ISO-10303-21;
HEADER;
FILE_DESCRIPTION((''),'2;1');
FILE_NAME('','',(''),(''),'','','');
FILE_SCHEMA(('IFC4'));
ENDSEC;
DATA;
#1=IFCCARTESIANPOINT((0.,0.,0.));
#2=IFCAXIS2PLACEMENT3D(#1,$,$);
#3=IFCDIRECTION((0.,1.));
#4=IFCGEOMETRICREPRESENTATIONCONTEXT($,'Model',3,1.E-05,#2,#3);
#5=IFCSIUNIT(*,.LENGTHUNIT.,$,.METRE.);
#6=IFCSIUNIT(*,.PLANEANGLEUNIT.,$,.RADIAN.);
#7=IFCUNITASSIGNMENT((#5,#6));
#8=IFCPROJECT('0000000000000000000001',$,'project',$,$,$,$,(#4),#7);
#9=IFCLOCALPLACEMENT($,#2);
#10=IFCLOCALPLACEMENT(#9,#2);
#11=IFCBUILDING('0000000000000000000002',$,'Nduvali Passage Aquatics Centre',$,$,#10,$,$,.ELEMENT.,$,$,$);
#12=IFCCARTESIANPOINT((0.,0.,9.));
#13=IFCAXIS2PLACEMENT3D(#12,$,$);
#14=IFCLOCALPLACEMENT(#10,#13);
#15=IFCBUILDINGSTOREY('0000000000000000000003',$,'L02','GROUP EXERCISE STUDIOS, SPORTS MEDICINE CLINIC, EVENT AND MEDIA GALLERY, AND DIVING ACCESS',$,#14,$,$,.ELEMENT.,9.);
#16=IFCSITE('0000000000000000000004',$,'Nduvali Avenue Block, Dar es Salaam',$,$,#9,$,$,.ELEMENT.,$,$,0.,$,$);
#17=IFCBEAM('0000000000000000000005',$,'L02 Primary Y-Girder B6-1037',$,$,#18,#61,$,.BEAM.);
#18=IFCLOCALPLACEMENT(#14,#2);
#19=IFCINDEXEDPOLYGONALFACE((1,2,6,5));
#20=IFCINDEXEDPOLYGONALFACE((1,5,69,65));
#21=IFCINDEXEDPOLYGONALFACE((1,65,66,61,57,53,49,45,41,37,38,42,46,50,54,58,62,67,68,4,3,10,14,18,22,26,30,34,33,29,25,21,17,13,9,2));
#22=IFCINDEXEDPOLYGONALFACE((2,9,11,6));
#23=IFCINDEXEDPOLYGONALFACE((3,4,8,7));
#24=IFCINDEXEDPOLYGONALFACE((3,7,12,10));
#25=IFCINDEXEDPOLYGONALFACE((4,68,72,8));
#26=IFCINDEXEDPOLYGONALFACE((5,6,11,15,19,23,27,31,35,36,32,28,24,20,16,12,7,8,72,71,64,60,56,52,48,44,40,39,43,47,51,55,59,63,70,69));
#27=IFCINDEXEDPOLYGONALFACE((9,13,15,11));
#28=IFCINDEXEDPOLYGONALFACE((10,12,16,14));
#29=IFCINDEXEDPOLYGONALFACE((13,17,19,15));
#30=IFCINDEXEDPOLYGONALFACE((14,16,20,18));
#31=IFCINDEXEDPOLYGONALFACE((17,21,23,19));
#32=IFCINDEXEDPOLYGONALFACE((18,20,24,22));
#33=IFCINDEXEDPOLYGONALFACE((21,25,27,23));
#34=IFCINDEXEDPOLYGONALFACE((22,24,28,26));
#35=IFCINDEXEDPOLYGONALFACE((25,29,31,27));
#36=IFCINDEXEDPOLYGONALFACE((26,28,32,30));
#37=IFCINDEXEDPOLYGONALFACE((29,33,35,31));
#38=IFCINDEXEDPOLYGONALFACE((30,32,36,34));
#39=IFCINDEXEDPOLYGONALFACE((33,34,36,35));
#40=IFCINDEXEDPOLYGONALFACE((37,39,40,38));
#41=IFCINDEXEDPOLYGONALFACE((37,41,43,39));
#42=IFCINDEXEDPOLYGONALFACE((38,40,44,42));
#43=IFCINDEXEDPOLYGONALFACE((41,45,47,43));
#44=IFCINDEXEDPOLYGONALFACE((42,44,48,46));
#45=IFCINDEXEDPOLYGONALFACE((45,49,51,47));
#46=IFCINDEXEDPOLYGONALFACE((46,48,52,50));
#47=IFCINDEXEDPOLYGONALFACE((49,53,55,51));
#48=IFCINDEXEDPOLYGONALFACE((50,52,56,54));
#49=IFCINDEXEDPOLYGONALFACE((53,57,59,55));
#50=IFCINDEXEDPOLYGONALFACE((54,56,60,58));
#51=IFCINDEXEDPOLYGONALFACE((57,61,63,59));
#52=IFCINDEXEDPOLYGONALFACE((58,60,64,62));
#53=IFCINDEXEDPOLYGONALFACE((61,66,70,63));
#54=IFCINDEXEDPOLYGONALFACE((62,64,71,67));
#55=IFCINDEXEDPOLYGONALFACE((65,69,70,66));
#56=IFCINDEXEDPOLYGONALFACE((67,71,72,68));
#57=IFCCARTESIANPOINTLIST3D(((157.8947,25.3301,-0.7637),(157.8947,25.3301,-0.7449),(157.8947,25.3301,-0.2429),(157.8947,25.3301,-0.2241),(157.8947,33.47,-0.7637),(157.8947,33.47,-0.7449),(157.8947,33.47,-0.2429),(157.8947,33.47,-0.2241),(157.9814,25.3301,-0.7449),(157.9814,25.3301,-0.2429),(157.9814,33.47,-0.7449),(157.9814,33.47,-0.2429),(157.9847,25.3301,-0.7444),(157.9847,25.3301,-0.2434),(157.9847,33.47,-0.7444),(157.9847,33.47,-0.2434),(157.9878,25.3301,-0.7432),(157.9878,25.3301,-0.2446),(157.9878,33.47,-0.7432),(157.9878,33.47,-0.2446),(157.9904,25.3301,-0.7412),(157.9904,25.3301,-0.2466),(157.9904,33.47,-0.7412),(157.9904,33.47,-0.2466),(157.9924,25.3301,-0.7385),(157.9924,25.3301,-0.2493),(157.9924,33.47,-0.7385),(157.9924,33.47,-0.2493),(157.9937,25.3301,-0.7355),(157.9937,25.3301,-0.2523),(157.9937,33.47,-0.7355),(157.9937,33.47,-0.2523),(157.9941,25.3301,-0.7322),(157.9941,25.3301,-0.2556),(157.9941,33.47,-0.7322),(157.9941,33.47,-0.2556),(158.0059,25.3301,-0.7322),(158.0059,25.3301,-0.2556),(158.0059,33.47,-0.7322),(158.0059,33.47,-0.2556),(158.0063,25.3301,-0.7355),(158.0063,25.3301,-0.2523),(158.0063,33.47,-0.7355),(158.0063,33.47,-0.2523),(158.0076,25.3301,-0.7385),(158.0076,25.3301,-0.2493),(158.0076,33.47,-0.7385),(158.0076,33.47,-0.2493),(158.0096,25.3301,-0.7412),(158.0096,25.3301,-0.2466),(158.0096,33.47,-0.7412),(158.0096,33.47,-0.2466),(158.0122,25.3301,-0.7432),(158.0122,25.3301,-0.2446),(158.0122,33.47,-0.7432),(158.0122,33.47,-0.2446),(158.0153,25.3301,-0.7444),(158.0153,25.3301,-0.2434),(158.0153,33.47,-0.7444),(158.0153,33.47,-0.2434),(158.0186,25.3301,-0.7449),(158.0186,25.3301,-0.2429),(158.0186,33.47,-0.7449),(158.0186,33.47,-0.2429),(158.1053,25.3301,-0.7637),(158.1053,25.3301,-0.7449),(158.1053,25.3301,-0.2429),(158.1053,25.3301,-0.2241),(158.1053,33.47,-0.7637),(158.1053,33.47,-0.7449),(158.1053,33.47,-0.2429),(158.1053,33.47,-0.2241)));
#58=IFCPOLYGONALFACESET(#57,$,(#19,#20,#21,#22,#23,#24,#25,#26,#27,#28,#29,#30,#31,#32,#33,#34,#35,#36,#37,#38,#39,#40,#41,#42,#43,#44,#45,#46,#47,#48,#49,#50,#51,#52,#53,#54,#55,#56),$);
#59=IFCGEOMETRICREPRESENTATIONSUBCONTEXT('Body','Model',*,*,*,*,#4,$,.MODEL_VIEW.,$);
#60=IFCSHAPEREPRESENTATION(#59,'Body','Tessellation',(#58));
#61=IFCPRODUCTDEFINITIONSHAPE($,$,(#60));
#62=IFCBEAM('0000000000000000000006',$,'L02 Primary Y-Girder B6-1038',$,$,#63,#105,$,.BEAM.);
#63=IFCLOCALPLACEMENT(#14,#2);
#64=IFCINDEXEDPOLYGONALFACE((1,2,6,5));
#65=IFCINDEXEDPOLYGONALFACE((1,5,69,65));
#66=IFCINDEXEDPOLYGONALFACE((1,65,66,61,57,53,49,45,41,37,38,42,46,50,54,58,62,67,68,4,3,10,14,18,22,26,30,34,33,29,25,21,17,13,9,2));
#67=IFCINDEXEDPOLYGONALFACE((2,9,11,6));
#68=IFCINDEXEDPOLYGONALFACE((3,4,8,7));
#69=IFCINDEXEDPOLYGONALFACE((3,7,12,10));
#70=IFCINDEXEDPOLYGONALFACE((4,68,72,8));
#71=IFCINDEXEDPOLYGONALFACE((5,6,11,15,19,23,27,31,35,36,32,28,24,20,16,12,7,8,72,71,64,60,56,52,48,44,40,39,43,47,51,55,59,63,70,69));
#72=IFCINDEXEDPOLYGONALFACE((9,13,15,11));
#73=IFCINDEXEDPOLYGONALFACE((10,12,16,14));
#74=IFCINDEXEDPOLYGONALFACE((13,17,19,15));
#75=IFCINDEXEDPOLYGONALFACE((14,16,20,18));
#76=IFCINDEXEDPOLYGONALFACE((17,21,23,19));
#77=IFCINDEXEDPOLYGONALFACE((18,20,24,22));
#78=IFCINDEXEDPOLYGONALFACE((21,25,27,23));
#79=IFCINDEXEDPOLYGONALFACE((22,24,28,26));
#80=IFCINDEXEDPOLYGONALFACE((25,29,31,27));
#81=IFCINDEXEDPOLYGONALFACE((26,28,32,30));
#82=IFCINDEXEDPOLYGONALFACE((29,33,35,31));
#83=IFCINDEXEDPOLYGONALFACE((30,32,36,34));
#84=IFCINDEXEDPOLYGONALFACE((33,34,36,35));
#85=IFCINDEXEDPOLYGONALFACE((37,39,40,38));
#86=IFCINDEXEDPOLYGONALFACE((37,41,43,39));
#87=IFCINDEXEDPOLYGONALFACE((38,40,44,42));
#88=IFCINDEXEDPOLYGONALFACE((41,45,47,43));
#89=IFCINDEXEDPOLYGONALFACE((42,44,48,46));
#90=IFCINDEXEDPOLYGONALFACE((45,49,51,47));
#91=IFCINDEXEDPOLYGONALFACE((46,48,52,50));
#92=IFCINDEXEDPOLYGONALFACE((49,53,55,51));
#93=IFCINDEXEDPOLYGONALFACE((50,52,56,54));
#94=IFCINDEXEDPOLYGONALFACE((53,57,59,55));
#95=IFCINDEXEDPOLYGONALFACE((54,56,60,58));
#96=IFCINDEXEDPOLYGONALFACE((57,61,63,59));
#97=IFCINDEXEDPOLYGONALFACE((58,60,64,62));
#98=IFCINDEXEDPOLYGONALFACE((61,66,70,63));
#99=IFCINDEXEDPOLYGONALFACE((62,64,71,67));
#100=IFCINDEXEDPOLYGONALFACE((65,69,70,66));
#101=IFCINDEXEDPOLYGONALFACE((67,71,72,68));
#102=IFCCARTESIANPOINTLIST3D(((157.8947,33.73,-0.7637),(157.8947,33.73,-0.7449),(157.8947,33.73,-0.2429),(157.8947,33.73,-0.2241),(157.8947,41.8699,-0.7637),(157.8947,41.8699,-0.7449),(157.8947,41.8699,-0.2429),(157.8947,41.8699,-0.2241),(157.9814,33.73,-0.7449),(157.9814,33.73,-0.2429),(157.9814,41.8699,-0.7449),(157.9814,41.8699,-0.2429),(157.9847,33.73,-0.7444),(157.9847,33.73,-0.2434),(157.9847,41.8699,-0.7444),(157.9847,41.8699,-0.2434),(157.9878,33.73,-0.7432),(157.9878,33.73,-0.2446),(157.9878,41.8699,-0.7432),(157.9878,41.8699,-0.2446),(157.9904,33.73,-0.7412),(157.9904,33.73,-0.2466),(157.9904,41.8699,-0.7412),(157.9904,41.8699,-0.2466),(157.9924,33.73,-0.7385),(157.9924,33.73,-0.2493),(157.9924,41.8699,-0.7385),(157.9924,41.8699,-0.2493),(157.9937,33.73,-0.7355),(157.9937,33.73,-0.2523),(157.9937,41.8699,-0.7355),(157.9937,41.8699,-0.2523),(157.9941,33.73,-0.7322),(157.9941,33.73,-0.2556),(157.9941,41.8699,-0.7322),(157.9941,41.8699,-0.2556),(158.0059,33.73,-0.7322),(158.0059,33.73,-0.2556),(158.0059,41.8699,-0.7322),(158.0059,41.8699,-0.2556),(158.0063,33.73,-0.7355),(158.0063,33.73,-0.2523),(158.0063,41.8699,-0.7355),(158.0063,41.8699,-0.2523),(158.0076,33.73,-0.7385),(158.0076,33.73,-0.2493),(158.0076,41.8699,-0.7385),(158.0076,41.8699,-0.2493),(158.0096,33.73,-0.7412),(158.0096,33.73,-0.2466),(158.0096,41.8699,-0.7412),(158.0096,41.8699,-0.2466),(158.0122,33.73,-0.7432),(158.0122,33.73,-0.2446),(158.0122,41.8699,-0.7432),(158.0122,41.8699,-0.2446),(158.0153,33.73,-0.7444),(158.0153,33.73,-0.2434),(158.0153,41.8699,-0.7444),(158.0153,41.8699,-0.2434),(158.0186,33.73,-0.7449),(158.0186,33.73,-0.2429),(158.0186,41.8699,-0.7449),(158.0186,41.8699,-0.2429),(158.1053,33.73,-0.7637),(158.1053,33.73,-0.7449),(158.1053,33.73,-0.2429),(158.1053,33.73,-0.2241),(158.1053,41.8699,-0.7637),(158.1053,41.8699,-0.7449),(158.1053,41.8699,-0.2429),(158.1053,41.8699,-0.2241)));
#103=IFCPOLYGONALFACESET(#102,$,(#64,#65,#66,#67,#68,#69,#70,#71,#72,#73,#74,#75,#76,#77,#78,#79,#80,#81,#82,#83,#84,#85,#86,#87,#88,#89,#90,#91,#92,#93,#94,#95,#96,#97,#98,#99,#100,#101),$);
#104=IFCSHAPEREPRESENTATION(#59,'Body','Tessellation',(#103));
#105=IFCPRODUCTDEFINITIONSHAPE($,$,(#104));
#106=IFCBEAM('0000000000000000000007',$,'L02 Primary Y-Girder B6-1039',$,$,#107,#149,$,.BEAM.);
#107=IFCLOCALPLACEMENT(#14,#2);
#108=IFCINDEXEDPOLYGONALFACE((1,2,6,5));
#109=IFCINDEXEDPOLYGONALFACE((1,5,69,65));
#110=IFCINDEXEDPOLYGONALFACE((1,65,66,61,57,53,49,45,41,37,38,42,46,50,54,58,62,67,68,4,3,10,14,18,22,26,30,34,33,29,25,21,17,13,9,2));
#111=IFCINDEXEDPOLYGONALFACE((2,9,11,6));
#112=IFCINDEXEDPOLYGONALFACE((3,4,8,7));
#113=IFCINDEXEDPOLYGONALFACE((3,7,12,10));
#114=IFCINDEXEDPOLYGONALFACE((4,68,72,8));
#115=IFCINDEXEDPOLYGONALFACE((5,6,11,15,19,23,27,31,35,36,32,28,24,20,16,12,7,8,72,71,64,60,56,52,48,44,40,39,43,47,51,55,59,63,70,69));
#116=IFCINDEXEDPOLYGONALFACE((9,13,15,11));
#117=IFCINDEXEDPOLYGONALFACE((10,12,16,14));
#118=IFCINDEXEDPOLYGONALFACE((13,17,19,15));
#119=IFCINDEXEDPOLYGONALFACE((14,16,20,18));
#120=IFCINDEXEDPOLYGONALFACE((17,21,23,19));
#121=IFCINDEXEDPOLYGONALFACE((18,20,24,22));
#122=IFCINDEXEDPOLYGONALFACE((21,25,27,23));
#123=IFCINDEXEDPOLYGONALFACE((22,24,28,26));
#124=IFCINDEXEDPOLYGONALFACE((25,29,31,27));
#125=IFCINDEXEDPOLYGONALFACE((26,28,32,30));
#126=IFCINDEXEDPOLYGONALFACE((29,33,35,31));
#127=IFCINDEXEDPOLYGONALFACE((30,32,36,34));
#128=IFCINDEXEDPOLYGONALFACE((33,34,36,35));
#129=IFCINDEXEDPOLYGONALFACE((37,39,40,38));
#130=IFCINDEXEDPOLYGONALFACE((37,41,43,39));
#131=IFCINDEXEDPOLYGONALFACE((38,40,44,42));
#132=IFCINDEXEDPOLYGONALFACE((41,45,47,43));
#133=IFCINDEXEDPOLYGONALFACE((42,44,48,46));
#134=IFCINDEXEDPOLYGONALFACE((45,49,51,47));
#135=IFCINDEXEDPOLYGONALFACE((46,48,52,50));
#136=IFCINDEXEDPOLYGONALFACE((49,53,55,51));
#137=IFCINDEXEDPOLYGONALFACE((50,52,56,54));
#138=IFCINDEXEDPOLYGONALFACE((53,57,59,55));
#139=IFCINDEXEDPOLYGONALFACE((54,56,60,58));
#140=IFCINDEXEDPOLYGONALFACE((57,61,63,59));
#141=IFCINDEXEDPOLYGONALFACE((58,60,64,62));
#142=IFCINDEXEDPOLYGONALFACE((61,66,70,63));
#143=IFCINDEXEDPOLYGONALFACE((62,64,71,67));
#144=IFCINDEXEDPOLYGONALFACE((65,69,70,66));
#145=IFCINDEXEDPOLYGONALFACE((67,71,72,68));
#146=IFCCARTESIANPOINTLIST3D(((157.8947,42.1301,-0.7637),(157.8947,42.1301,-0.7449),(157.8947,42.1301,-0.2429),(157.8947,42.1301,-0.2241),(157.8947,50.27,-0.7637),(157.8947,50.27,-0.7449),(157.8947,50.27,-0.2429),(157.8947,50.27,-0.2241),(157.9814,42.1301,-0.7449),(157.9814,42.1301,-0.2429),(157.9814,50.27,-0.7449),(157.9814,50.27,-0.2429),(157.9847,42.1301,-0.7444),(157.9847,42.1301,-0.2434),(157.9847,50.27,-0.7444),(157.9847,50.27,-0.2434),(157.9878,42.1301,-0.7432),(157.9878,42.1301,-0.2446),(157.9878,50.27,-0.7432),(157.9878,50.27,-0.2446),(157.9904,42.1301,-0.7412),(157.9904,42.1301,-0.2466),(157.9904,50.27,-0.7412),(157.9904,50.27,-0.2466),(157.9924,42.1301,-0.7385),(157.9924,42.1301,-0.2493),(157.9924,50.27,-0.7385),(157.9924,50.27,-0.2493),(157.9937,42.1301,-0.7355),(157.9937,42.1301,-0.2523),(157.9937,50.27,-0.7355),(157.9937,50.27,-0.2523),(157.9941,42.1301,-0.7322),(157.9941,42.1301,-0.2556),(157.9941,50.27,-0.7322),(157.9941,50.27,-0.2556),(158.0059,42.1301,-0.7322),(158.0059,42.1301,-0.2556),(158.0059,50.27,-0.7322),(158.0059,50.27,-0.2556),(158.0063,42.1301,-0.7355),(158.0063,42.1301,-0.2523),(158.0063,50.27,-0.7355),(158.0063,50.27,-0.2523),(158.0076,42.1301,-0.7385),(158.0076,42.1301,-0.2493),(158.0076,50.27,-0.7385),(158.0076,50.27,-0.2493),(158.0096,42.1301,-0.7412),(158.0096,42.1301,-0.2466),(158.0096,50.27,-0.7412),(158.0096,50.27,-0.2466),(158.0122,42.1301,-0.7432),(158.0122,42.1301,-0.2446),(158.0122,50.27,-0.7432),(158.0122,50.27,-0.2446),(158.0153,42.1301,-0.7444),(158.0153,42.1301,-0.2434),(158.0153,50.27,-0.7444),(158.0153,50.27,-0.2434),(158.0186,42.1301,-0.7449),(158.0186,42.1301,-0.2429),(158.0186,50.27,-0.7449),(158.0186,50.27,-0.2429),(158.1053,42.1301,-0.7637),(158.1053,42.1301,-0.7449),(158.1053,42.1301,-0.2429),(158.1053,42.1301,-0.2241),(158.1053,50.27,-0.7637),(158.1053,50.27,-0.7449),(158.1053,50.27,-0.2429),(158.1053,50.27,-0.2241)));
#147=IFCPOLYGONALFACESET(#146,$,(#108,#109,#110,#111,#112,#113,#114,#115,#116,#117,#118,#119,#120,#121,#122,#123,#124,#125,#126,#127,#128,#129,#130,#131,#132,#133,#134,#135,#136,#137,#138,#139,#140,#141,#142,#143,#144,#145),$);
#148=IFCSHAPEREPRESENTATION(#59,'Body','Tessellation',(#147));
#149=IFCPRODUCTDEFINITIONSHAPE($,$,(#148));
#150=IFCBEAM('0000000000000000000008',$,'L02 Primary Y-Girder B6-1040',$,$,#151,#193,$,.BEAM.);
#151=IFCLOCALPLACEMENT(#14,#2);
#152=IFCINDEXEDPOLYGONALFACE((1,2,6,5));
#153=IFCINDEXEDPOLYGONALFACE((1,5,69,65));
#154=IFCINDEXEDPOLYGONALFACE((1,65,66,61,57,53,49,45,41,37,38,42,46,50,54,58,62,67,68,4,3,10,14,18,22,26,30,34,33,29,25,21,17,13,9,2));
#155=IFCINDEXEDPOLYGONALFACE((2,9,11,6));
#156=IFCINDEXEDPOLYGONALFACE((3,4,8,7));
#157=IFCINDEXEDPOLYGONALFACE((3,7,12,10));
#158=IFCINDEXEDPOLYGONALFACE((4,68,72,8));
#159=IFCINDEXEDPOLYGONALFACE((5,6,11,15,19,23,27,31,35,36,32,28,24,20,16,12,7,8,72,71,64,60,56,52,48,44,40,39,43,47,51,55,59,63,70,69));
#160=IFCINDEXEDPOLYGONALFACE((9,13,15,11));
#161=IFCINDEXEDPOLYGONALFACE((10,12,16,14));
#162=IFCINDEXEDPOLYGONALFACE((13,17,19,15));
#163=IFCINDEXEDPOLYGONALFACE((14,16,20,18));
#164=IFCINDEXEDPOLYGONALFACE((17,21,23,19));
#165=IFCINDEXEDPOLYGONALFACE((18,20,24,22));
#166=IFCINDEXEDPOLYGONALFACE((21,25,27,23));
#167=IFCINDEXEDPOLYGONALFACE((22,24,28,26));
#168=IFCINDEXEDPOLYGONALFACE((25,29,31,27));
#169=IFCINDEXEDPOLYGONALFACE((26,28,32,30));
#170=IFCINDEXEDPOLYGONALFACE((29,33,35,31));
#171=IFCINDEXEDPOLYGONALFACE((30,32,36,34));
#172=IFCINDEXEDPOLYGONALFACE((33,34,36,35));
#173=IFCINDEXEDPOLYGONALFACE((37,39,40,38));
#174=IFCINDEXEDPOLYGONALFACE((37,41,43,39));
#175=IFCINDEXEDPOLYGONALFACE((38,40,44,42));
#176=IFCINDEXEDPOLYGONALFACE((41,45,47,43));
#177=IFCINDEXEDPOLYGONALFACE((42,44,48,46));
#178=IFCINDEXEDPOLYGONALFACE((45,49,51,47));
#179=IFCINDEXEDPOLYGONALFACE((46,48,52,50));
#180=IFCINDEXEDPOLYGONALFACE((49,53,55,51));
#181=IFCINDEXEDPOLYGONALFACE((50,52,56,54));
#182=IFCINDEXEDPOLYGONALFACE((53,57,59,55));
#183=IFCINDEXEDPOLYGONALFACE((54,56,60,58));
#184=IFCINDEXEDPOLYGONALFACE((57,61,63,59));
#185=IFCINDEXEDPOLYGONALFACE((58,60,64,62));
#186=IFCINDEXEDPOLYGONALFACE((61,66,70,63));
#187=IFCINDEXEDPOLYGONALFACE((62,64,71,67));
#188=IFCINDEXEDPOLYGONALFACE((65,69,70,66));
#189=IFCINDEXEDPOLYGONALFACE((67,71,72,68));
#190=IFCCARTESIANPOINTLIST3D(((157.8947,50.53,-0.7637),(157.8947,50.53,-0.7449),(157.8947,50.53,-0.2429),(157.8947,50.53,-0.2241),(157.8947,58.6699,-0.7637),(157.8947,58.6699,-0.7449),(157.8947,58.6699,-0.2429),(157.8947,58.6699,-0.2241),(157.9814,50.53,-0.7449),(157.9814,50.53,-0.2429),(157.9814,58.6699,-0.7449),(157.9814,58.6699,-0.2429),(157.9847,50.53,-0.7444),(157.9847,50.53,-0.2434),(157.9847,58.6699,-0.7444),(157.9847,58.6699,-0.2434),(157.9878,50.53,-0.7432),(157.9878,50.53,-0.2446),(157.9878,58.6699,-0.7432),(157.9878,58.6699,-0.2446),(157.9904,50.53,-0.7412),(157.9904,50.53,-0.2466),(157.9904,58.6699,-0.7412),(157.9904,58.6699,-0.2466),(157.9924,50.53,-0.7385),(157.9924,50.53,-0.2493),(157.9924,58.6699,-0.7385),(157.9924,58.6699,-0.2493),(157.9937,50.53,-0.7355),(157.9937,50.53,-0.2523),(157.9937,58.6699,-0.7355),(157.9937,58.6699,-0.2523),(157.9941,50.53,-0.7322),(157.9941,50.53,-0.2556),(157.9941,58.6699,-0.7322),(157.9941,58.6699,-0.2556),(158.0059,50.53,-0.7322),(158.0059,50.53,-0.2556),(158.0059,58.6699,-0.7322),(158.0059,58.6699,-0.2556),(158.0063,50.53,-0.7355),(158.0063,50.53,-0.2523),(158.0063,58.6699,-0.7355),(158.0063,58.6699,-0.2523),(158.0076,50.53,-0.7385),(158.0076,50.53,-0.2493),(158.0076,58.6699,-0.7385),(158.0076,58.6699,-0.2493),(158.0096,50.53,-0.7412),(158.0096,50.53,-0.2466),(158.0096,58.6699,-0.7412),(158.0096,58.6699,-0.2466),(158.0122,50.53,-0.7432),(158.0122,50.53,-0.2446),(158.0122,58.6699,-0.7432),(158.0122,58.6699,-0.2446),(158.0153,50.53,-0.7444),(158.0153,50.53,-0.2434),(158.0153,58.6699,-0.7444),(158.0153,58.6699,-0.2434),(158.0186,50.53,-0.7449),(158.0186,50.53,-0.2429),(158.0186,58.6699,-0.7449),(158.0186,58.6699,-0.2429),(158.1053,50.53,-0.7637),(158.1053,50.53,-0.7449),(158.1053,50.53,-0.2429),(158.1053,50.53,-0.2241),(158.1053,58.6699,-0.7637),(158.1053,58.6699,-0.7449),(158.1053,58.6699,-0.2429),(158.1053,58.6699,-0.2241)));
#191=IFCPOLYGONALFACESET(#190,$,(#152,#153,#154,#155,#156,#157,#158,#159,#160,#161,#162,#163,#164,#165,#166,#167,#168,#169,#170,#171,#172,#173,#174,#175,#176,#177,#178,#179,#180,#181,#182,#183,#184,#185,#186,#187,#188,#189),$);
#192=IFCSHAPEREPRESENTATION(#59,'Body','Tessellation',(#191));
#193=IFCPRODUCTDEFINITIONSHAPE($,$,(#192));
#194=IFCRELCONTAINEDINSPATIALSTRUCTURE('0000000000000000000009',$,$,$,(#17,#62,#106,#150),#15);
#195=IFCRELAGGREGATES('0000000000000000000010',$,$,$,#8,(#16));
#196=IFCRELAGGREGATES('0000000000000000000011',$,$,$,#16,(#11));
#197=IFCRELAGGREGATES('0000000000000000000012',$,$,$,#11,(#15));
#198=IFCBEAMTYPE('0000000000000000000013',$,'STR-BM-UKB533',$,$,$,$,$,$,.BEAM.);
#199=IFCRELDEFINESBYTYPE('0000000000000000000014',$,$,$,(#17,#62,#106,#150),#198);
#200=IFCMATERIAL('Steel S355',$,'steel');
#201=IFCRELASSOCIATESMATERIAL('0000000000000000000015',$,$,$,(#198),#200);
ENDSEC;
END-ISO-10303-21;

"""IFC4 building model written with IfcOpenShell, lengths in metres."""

from ifc_helpers import new_model, si_unit, direction, frame, origin, origin_2d, place, context, subcontext, project, spatial, i_section, extrude, material, material_profile, profile_set, type_object, element, save


model = new_model("IFC4")

# Units and contexts
model_context = context("Model", 3, precision=1e-05, world=origin(), true_north=direction((0.0, 1.0)))
body_context = subcontext(model_context, "Body", "Model", "MODEL_VIEW")
ifc_project = project(units=[si_unit("LENGTHUNIT", "METRE"), si_unit("PLANEANGLEUNIT", "RADIAN")], contexts=[model_context])

# Site, building, storey
site_placement = place(None, origin())
site = spatial("IfcSite", under=ifc_project, at=site_placement, Name="Nduvali Avenue Block, Dar es Salaam", CompositionType="ELEMENT", RefElevation=0.0)
building_placement = place(site_placement, origin())
building = spatial("IfcBuilding", under=site, at=building_placement, Name="Nduvali Passage Aquatics Centre", CompositionType="ELEMENT")
storey_placement = place(building_placement, frame((0.0, 0.0, 9.0)))
storey = spatial("IfcBuildingStorey", under=building, at=storey_placement, Name="L02", Description="GROUP EXERCISE STUDIOS, SPORTS MEDICINE CLINIC, EVENT AND MEDIA GALLERY, AND DIVING ACCESS", CompositionType="ELEMENT", Elevation=9.0)

# Beams
ifc_material_1 = material(Name="Steel S355", Category="steel")
ifc_material_profile_1 = material_profile(ifc_material_1, i_section(OverallWidth=0.2107, OverallDepth=0.5396, WebThickness=0.0117, FlangeThickness=0.0188, FilletRadius=0.0127, at=origin_2d()), Name="UKB 533x210x109")
ifc_profile_set_1 = profile_set([ifc_material_profile_1], Name="Steel S355")
beam_type_1 = type_object("IfcBeamType", Name="STR-BM-UKB533", PredefinedType="BEAM", material=ifc_profile_set_1)
for number, where, z_axis, x_axis, name in (
    (1, (158.0, 25.3301, -0.4939), (0.0, 1.0, 0.0), (-1.0, 0.0, 0.0), "L02 Primary Y-Girder B6-1037"),
    (2, (158.0, 33.73, -0.4939), (0.0, 1.0, 0.0), (-1.0, 0.0, 0.0), "L02 Primary Y-Girder B6-1038"),
    (3, (158.0, 42.1301, -0.4939), (0.0, 1.0, 0.0), (-1.0, 0.0, 0.0), "L02 Primary Y-Girder B6-1039"),
    (4, (158.0, 50.53, -0.4939), (0.0, 1.0, 0.0), (-1.0, 0.0, 0.0), "L02 Primary Y-Girder B6-1040"),
):
    element("IfcBeam", number, at=place(storey_placement, frame(where, z_axis=z_axis, x_axis=x_axis)), inside=storey, type_object=beam_type_1, Name=name, PredefinedType="BEAM", context=body_context, shape_type="SweptSolid", body=[
        extrude(i_section(OverallWidth=0.2107, OverallDepth=0.5396, WebThickness=0.0117, FlangeThickness=0.0188, FilletRadius=0.0127, at=origin_2d()), origin(), (0.0, 0.0, 1.0), 8.1399),
    ])

save(model, "model.ifc")
